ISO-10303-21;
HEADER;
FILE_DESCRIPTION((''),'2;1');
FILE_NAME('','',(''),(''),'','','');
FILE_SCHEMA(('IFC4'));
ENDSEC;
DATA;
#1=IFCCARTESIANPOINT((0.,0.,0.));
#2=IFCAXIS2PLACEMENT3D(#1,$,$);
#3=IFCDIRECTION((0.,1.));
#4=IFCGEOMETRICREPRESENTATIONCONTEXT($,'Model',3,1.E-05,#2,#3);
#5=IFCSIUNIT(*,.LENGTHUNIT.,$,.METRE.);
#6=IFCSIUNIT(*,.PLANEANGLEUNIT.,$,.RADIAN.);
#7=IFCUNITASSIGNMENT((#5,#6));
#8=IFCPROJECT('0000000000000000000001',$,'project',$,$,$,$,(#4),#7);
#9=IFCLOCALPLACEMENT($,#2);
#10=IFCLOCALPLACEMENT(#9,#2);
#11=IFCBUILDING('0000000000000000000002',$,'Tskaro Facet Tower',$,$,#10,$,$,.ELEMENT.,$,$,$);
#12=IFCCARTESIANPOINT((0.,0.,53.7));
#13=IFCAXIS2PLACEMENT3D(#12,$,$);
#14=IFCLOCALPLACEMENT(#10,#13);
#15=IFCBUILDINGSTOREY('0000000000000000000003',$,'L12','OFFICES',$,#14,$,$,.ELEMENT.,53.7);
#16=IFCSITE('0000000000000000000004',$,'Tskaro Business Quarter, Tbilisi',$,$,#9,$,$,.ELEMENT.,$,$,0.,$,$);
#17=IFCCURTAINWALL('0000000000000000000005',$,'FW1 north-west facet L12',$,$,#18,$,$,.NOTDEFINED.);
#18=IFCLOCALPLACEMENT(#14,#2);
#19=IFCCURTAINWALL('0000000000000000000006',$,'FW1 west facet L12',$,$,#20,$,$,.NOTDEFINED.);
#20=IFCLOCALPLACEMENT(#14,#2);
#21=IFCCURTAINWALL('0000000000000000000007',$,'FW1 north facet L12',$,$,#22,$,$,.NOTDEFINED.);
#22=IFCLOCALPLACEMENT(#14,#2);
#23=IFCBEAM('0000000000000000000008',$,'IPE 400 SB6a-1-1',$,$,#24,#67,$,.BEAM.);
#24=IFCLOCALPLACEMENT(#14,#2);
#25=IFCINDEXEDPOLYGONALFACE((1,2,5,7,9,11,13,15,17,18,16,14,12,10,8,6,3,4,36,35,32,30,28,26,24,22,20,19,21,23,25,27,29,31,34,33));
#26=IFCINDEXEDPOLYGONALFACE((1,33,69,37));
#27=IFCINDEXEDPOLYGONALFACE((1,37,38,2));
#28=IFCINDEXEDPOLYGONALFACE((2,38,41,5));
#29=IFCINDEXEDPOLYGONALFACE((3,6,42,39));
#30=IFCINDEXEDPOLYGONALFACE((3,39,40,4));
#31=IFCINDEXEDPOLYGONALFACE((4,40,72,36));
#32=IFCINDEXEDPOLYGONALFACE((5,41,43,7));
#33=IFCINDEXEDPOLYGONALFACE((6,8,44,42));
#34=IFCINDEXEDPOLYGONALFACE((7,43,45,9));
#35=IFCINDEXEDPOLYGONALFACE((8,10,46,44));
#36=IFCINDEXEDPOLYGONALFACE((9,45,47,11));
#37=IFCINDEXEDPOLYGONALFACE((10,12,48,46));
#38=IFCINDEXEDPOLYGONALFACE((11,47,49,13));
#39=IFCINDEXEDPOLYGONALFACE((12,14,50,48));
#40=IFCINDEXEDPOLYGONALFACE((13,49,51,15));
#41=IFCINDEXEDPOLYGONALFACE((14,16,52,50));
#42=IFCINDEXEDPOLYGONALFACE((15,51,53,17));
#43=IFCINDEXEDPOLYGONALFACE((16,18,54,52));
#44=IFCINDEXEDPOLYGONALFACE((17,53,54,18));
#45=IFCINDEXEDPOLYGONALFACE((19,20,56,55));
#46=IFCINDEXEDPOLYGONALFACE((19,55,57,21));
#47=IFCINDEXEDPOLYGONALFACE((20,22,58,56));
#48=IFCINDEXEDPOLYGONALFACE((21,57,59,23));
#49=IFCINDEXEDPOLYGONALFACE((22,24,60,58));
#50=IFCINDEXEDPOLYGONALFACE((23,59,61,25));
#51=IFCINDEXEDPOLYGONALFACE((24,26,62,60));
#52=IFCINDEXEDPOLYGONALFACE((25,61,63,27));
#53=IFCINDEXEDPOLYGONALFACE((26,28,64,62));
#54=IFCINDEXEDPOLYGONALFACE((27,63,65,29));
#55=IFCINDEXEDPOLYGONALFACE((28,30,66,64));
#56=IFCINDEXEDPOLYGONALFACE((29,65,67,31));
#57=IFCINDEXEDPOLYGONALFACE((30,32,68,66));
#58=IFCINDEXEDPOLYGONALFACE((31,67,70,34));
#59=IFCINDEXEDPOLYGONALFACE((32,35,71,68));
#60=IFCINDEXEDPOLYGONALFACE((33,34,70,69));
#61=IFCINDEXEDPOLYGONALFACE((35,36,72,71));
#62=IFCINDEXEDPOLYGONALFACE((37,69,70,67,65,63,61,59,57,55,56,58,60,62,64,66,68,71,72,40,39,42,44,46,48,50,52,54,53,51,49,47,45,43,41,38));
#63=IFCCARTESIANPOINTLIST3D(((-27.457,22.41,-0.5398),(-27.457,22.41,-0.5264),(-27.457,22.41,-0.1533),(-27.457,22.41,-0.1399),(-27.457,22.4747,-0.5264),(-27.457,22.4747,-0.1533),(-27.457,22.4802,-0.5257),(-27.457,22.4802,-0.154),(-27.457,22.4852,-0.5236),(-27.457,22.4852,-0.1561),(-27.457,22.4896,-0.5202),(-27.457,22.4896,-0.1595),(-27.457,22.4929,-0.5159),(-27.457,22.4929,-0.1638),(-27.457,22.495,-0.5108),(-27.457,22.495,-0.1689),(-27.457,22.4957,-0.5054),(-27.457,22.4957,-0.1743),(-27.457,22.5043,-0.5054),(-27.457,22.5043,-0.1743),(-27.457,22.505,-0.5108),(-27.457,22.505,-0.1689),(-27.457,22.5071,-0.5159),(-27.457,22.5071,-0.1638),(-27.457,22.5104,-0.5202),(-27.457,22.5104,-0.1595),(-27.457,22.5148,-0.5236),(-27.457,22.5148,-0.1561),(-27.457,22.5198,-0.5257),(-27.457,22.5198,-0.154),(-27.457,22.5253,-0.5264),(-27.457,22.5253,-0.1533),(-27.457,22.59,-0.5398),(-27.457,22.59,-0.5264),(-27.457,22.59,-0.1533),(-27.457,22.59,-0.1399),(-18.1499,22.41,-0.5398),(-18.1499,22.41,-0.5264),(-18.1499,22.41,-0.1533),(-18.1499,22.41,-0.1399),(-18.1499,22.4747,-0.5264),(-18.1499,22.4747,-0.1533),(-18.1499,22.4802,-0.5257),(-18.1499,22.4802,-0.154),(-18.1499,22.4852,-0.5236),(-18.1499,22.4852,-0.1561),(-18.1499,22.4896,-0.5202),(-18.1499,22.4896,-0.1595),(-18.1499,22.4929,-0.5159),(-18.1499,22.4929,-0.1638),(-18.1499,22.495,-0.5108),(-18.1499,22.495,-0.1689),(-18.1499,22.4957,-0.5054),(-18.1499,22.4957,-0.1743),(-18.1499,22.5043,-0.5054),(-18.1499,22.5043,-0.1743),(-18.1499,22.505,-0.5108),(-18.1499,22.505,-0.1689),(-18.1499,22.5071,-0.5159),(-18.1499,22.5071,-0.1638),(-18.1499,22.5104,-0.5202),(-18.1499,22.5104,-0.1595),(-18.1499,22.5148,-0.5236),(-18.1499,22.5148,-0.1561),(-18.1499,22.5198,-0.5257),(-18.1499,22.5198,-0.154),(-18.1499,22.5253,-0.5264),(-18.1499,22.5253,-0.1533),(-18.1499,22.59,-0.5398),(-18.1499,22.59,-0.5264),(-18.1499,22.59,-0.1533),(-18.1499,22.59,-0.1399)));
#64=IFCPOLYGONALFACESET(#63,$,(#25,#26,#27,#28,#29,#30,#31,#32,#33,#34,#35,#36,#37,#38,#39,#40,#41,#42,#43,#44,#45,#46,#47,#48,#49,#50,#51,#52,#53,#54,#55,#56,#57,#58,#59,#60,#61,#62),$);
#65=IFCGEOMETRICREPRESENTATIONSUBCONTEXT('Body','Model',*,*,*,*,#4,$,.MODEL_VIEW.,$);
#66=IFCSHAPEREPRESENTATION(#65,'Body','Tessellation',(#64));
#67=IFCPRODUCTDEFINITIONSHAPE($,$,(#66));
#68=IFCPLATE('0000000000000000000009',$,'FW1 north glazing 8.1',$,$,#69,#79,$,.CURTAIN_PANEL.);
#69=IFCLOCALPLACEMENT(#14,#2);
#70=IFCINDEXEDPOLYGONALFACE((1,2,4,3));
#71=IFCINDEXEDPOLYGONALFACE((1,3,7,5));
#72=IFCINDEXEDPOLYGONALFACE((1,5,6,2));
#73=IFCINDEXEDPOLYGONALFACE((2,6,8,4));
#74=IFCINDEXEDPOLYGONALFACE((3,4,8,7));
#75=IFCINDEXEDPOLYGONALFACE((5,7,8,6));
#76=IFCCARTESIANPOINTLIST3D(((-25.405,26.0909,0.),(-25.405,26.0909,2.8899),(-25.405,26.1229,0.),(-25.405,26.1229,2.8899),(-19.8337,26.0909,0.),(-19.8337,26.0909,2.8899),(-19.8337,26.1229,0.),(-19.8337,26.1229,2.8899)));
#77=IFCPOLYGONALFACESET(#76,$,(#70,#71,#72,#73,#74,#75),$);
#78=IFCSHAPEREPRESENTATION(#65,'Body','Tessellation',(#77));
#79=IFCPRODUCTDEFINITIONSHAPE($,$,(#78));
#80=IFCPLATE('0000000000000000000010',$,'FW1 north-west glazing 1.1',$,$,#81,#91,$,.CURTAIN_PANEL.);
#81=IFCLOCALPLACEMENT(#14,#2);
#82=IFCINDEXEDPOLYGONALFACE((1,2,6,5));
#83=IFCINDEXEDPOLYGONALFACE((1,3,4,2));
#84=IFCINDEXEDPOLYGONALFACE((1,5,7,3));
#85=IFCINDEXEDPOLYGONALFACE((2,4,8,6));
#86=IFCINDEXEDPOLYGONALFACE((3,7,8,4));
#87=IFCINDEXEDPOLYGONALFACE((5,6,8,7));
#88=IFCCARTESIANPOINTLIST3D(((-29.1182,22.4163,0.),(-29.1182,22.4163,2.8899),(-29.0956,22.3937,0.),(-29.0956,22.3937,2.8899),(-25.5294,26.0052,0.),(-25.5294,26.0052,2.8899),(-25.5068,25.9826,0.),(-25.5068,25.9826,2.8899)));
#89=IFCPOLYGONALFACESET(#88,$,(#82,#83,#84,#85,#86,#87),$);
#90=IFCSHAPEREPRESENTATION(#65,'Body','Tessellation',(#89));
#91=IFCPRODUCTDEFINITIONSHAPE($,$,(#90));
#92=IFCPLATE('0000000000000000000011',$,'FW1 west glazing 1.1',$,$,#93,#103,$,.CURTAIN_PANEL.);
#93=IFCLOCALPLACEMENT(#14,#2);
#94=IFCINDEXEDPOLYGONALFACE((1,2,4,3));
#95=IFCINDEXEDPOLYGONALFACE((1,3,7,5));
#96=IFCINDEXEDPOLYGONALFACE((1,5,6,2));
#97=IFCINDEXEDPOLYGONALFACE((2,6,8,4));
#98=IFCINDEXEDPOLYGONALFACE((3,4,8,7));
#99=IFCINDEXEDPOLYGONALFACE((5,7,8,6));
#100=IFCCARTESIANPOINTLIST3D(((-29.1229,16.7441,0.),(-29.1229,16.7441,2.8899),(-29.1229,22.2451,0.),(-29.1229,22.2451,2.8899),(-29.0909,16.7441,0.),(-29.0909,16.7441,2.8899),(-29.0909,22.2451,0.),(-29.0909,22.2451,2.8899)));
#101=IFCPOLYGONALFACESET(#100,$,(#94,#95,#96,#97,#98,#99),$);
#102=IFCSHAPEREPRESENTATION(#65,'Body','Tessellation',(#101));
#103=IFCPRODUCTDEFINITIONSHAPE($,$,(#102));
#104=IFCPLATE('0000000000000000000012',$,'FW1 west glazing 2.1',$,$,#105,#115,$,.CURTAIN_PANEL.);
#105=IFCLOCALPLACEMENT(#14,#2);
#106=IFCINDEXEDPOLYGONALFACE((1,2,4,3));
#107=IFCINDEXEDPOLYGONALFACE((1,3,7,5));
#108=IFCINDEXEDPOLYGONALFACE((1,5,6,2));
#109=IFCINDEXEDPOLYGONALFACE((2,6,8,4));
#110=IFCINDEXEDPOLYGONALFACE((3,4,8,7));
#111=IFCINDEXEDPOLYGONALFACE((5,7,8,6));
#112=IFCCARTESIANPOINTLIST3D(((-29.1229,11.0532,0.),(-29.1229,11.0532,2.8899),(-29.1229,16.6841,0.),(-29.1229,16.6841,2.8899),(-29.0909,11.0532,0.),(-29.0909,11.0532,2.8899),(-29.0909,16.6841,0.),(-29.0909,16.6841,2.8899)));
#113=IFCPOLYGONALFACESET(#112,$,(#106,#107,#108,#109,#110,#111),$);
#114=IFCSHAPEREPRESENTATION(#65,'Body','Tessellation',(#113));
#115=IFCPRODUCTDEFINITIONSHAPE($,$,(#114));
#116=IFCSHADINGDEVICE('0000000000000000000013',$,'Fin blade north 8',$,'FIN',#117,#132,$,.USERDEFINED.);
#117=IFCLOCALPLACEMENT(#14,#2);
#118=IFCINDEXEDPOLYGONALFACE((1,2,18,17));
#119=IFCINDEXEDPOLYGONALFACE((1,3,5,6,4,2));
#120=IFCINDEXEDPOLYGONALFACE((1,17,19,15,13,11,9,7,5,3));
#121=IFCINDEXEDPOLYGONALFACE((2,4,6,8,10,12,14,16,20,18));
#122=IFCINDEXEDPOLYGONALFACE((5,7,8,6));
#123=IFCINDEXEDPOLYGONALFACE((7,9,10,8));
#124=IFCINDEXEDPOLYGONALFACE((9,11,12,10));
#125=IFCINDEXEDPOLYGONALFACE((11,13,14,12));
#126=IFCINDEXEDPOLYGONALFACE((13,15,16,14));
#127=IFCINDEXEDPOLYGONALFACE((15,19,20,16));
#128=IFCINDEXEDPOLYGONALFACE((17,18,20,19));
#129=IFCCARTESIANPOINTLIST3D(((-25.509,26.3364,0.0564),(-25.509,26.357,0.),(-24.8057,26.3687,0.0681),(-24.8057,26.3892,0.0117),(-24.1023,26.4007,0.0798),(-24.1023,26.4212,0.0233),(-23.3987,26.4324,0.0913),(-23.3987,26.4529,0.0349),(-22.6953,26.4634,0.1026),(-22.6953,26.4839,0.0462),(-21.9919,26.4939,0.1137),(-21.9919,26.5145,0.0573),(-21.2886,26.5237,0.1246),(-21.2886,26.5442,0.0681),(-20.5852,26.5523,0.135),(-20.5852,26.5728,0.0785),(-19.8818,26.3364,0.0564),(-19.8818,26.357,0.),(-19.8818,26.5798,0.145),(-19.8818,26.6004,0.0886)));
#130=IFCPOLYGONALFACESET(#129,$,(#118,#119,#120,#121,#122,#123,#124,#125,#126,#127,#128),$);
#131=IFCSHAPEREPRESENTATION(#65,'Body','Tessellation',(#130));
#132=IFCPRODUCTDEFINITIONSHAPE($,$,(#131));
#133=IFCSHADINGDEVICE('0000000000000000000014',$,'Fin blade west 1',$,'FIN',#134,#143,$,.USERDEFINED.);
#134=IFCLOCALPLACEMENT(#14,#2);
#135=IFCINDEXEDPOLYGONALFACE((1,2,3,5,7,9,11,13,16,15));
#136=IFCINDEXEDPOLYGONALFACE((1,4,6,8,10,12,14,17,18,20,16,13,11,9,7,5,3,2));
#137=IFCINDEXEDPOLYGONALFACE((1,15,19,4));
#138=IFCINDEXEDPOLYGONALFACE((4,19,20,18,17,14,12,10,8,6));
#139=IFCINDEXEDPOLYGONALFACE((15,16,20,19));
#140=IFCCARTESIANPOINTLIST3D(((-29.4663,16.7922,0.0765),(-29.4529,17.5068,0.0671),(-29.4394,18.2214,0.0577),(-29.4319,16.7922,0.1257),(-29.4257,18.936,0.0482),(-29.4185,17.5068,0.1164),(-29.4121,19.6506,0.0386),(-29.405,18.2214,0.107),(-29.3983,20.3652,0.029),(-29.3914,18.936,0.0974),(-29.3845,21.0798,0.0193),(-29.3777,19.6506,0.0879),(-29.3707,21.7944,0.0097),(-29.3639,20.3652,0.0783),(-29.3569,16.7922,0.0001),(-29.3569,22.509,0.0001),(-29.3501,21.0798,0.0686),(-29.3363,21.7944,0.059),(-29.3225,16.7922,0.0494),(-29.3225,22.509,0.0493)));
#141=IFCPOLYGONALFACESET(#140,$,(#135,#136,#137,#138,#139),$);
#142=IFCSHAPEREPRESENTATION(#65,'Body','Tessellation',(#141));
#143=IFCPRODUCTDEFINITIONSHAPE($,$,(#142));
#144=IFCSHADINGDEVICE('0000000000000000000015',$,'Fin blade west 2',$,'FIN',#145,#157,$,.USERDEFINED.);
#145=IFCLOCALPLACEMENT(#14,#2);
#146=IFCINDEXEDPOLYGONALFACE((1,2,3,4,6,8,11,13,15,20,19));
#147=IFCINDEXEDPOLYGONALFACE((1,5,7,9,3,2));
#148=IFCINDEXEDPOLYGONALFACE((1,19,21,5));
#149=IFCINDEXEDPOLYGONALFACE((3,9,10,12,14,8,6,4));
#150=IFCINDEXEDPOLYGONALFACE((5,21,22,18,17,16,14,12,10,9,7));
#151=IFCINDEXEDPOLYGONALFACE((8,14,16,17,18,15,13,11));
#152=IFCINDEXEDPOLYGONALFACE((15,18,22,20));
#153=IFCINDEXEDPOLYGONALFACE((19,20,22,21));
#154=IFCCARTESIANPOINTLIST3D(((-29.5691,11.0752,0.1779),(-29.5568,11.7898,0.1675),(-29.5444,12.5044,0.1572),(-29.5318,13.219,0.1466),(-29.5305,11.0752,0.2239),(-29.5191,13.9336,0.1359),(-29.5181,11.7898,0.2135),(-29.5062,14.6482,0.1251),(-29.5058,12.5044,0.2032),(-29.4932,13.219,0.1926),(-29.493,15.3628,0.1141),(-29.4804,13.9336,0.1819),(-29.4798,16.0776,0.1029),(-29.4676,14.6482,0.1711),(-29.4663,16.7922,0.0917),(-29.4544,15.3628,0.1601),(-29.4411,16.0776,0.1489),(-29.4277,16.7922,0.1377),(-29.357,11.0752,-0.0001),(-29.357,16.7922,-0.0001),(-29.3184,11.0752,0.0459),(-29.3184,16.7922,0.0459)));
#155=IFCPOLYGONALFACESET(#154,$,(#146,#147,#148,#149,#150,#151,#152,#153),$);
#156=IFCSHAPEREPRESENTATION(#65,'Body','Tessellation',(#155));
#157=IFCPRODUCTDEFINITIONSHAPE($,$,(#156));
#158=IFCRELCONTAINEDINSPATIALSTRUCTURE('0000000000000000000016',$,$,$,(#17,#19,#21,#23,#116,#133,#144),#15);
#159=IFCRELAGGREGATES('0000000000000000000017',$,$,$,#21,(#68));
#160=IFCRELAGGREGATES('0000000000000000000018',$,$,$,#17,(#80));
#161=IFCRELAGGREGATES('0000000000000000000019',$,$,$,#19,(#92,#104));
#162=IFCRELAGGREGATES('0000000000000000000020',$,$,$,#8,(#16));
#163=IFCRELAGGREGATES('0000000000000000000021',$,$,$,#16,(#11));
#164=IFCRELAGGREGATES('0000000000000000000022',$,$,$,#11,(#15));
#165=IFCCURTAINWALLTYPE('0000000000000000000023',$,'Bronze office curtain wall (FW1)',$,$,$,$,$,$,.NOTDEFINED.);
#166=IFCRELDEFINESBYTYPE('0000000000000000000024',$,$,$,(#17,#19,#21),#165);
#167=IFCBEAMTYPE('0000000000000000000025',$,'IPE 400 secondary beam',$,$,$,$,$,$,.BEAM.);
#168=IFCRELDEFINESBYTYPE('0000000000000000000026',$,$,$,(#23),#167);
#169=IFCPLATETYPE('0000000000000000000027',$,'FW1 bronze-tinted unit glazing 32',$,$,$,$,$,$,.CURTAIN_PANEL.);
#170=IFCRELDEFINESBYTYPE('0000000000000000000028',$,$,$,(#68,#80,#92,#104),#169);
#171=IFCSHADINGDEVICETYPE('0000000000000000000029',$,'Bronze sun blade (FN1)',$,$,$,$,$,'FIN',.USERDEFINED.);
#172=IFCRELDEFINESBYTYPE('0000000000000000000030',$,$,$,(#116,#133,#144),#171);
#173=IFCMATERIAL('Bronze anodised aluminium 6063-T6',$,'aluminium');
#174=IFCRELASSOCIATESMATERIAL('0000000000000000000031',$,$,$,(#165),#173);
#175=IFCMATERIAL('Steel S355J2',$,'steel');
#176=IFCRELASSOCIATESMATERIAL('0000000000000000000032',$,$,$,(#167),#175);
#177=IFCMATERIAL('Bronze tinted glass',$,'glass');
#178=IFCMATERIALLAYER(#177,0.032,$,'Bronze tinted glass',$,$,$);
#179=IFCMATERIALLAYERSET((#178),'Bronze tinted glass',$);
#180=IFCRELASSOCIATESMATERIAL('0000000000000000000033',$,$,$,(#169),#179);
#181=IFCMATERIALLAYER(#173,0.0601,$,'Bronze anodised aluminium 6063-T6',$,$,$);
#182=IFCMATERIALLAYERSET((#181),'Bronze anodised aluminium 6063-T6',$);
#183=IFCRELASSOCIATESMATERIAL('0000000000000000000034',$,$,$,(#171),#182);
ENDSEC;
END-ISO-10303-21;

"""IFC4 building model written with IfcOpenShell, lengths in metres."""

from ifc_helpers import new_model, si_unit, direction, frame, origin, origin_2d, place, context, subcontext, project, spatial, polyline, rectangle, i_section, outline, extrude, material, layer, layer_set, material_profile, profile_set, type_object, element, aggregate, save


model = new_model("IFC4")

# Units and contexts
model_context = context("Model", 3, precision=1e-05, world=origin(), true_north=direction((0.0, 1.0)))
body_context = subcontext(model_context, "Body", "Model", "MODEL_VIEW")
ifc_project = project(units=[si_unit("LENGTHUNIT", "METRE"), si_unit("PLANEANGLEUNIT", "RADIAN")], contexts=[model_context])

# Site, building, storey
site_placement = place(None, origin())
site = spatial("IfcSite", under=ifc_project, at=site_placement, Name="Tskaro Business Quarter, Tbilisi", CompositionType="ELEMENT", RefElevation=0.0)
building_placement = place(site_placement, origin())
building = spatial("IfcBuilding", under=site, at=building_placement, Name="Tskaro Facet Tower", CompositionType="ELEMENT")
storey_placement = place(building_placement, frame((0.0, 0.0, 53.7)))
storey = spatial("IfcBuildingStorey", under=building, at=storey_placement, Name="L12", Description="OFFICES", CompositionType="ELEMENT", Elevation=53.7)

# Curtain wall
ifc_material_1 = material(Name="Bronze anodised aluminium 6063-T6", Category="aluminium")
curtain_wall_type = type_object("IfcCurtainWallType", Name="Bronze office curtain wall (FW1)", PredefinedType="NOTDEFINED", material=ifc_material_1)
curtain_wall_1_placement = place(storey_placement, origin())
curtain_wall_1 = element("IfcCurtainWall", 1, at=curtain_wall_1_placement, inside=storey, type_object=curtain_wall_type, Name="FW1 north-west facet L12", PredefinedType="NOTDEFINED")

# Curtain wall
curtain_wall_2_placement = place(storey_placement, origin())
curtain_wall_2 = element("IfcCurtainWall", 2, at=curtain_wall_2_placement, inside=storey, type_object=curtain_wall_type, Name="FW1 west facet L12", PredefinedType="NOTDEFINED")

# Curtain wall
curtain_wall_3_placement = place(storey_placement, origin())
curtain_wall_3 = element("IfcCurtainWall", 3, at=curtain_wall_3_placement, inside=storey, type_object=curtain_wall_type, Name="FW1 north facet L12", PredefinedType="NOTDEFINED")

# Beam
ifc_material_2 = material(Name="Steel S355J2", Category="steel")
ifc_material_profile_1 = material_profile(ifc_material_2, i_section(OverallWidth=0.1799, OverallDepth=0.3999, WebThickness=0.0085, FlangeThickness=0.0134, FilletRadius=0.021, at=origin_2d()), Name="IPE 400")
ifc_profile_set_1 = profile_set([ifc_material_profile_1], Name="Steel S355J2")
beam_type_1 = type_object("IfcBeamType", Name="IPE 400 secondary beam", PredefinedType="BEAM", material=ifc_profile_set_1)
beam_1_placement = place(storey_placement, frame((-27.457, 22.5, -0.3398), z_axis=(1.0, 0.0, 0.0), x_axis=(0.0, 1.0, 0.0)))
element("IfcBeam", 4, at=beam_1_placement, inside=storey, type_object=beam_type_1, Name="IPE 400 SB6a-1-1", PredefinedType="BEAM", context=body_context, shape_type="SweptSolid", body=[
    extrude(i_section(OverallWidth=0.1799, OverallDepth=0.3999, WebThickness=0.0085, FlangeThickness=0.0134, FilletRadius=0.021, at=origin_2d()), origin(), (0.0, 0.0, 1.0), 9.3071),
])

# Plates
ifc_material_3 = material(Name="Bronze tinted glass", Category="glass")
ifc_layer_1 = layer(ifc_material_3, 0.032, Name="Bronze tinted glass")
ifc_layer_set_1 = layer_set([ifc_layer_1], Name="Bronze tinted glass")
plate_type = type_object("IfcPlateType", Name="FW1 bronze-tinted unit glazing 32", PredefinedType="CURTAIN_PANEL", material=ifc_layer_set_1)
plate_1_placement = place(storey_placement, frame((-22.6194, 26.1069, 0.0), z_axis=(0.0, 0.0, 1.0), x_axis=(-1.0, 0.0, 0.0)))
plate_1 = element("IfcPlate", 5, at=plate_1_placement, type_object=plate_type, Name="FW1 north glazing 8.1", PredefinedType="CURTAIN_PANEL", context=body_context, shape_type="SweptSolid", body=[
    extrude(rectangle(XDim=5.5713, YDim=0.032, at=origin_2d()), origin(), (0.0, 0.0, 1.0), 2.8899),
])
aggregate(curtain_wall_3, [plate_1])
plate_2_placement = place(storey_placement, frame((-27.3125, 24.1995, 0.0), z_axis=(0.0, 0.0, 1.0), x_axis=(-0.707107, -0.707107, 0.0)))
plate_2 = element("IfcPlate", 6, at=plate_2_placement, type_object=plate_type, Name="FW1 north-west glazing 1.1", PredefinedType="CURTAIN_PANEL", context=body_context, shape_type="SweptSolid", body=[
    extrude(rectangle(XDim=5.0754, YDim=0.032, at=origin_2d()), origin(), (0.0, 0.0, 1.0), 2.8899),
])
aggregate(curtain_wall_1, [plate_2])
plate_3_placement = place(storey_placement, frame((-29.1069, 19.4946, 0.0), z_axis=(0.0, 0.0, 1.0), x_axis=(0.0, -1.0, 0.0)))
plate_3 = element("IfcPlate", 7, at=plate_3_placement, type_object=plate_type, Name="FW1 west glazing 1.1", PredefinedType="CURTAIN_PANEL", context=body_context, shape_type="SweptSolid", body=[
    extrude(rectangle(XDim=5.501, YDim=0.032, at=origin_2d()), origin(), (0.0, 0.0, 1.0), 2.8899),
])
plate_4_placement = place(storey_placement, frame((-29.1069, 13.8687, 0.0), z_axis=(0.0, 0.0, 1.0), x_axis=(0.0, -1.0, 0.0)))
plate_4 = element("IfcPlate", 8, at=plate_4_placement, type_object=plate_type, Name="FW1 west glazing 2.1", PredefinedType="CURTAIN_PANEL", context=body_context, shape_type="SweptSolid", body=[
    extrude(rectangle(XDim=5.6309, YDim=0.032, at=origin_2d()), origin(), (0.0, 0.0, 1.0), 2.8899),
])
aggregate(curtain_wall_2, [plate_3, plate_4])

# Shading devices
ifc_layer_2 = layer(ifc_material_1, 0.0601, Name="Bronze anodised aluminium 6063-T6")
ifc_layer_set_2 = layer_set([ifc_layer_2], Name="Bronze anodised aluminium 6063-T6")
shading_device_type = type_object("IfcShadingDeviceType", Name="Bronze sun blade (FN1)", ElementType="FIN", PredefinedType="USERDEFINED", material=ifc_layer_set_2)
shading_device_1_placement = place(storey_placement, frame((-19.8818, 26.3364, 0.0564), z_axis=(-0.000002, -0.342083, 0.93967), x_axis=(-1.0, 0.000001, -0.000002)))
element("IfcShadingDevice", 9, at=shading_device_1_placement, inside=storey, type_object=shading_device_type, Name="Fin blade north 8", ObjectType="FIN", PredefinedType="USERDEFINED", context=body_context, shape_type="SweptSolid", body=[
    extrude(outline(polyline([(0.0, 0.0), (5.6272, 0.0), (4.9238, -0.0343), (4.2205, -0.0684), (3.5168, -0.1021), (2.8135, -0.1351), (2.1101, -0.1676), (1.4067, -0.1993), (0.7034, -0.2297), (0.0, -0.259), (0.0, 0.0)])), origin(), (0.0, 0.0, -1.0), 0.0601),
])
shading_device_2_placement = place(storey_placement, frame((-29.3225, 22.509, 0.0493), z_axis=(0.572363, 0.00001, 0.82), x_axis=(0.000006, -1.0, 0.000009)))
element("IfcShadingDevice", 10, at=shading_device_2_placement, inside=storey, type_object=shading_device_type, Name="Fin blade west 1", ObjectType="FIN", PredefinedType="USERDEFINED", context=body_context, shape_type="SweptSolid", body=[
    extrude(outline(polyline([(0.0, 0.0), (5.7168, 0.0), (5.7168, -0.1334), (5.0022, -0.1171), (4.2876, -0.1006), (3.573, -0.084), (2.8584, -0.0673), (2.1438, -0.0505), (1.4292, -0.0337), (0.7146, -0.0169), (0.0, 0.0)])), origin(), (0.0, 0.0, -1.0), 0.0601),
])
shading_device_3_placement = place(storey_placement, frame((-29.3184, 16.7922, 0.0459), z_axis=(0.642877, -0.000007, 0.76597), x_axis=(-0.000005, -1.0, -0.000006)))
element("IfcShadingDevice", 11, at=shading_device_3_placement, inside=storey, type_object=shading_device_type, Name="Fin blade west 2", ObjectType="FIN", PredefinedType="USERDEFINED", context=body_context, shape_type="SweptSolid", body=[
    extrude(outline(polyline([(0.0, 0.0), (5.717, 0.0), (5.717, -0.2769), (5.0024, -0.2608), (4.2878, -0.2447), (3.5732, -0.2282), (2.8586, -0.2116), (2.144, -0.1948), (1.4294, -0.1776), (0.7146, -0.1603), (0.0, -0.1428), (0.0, 0.0)])), origin(), (0.0, 0.0, -1.0), 0.0601),
])

save(model, "model.ifc")
